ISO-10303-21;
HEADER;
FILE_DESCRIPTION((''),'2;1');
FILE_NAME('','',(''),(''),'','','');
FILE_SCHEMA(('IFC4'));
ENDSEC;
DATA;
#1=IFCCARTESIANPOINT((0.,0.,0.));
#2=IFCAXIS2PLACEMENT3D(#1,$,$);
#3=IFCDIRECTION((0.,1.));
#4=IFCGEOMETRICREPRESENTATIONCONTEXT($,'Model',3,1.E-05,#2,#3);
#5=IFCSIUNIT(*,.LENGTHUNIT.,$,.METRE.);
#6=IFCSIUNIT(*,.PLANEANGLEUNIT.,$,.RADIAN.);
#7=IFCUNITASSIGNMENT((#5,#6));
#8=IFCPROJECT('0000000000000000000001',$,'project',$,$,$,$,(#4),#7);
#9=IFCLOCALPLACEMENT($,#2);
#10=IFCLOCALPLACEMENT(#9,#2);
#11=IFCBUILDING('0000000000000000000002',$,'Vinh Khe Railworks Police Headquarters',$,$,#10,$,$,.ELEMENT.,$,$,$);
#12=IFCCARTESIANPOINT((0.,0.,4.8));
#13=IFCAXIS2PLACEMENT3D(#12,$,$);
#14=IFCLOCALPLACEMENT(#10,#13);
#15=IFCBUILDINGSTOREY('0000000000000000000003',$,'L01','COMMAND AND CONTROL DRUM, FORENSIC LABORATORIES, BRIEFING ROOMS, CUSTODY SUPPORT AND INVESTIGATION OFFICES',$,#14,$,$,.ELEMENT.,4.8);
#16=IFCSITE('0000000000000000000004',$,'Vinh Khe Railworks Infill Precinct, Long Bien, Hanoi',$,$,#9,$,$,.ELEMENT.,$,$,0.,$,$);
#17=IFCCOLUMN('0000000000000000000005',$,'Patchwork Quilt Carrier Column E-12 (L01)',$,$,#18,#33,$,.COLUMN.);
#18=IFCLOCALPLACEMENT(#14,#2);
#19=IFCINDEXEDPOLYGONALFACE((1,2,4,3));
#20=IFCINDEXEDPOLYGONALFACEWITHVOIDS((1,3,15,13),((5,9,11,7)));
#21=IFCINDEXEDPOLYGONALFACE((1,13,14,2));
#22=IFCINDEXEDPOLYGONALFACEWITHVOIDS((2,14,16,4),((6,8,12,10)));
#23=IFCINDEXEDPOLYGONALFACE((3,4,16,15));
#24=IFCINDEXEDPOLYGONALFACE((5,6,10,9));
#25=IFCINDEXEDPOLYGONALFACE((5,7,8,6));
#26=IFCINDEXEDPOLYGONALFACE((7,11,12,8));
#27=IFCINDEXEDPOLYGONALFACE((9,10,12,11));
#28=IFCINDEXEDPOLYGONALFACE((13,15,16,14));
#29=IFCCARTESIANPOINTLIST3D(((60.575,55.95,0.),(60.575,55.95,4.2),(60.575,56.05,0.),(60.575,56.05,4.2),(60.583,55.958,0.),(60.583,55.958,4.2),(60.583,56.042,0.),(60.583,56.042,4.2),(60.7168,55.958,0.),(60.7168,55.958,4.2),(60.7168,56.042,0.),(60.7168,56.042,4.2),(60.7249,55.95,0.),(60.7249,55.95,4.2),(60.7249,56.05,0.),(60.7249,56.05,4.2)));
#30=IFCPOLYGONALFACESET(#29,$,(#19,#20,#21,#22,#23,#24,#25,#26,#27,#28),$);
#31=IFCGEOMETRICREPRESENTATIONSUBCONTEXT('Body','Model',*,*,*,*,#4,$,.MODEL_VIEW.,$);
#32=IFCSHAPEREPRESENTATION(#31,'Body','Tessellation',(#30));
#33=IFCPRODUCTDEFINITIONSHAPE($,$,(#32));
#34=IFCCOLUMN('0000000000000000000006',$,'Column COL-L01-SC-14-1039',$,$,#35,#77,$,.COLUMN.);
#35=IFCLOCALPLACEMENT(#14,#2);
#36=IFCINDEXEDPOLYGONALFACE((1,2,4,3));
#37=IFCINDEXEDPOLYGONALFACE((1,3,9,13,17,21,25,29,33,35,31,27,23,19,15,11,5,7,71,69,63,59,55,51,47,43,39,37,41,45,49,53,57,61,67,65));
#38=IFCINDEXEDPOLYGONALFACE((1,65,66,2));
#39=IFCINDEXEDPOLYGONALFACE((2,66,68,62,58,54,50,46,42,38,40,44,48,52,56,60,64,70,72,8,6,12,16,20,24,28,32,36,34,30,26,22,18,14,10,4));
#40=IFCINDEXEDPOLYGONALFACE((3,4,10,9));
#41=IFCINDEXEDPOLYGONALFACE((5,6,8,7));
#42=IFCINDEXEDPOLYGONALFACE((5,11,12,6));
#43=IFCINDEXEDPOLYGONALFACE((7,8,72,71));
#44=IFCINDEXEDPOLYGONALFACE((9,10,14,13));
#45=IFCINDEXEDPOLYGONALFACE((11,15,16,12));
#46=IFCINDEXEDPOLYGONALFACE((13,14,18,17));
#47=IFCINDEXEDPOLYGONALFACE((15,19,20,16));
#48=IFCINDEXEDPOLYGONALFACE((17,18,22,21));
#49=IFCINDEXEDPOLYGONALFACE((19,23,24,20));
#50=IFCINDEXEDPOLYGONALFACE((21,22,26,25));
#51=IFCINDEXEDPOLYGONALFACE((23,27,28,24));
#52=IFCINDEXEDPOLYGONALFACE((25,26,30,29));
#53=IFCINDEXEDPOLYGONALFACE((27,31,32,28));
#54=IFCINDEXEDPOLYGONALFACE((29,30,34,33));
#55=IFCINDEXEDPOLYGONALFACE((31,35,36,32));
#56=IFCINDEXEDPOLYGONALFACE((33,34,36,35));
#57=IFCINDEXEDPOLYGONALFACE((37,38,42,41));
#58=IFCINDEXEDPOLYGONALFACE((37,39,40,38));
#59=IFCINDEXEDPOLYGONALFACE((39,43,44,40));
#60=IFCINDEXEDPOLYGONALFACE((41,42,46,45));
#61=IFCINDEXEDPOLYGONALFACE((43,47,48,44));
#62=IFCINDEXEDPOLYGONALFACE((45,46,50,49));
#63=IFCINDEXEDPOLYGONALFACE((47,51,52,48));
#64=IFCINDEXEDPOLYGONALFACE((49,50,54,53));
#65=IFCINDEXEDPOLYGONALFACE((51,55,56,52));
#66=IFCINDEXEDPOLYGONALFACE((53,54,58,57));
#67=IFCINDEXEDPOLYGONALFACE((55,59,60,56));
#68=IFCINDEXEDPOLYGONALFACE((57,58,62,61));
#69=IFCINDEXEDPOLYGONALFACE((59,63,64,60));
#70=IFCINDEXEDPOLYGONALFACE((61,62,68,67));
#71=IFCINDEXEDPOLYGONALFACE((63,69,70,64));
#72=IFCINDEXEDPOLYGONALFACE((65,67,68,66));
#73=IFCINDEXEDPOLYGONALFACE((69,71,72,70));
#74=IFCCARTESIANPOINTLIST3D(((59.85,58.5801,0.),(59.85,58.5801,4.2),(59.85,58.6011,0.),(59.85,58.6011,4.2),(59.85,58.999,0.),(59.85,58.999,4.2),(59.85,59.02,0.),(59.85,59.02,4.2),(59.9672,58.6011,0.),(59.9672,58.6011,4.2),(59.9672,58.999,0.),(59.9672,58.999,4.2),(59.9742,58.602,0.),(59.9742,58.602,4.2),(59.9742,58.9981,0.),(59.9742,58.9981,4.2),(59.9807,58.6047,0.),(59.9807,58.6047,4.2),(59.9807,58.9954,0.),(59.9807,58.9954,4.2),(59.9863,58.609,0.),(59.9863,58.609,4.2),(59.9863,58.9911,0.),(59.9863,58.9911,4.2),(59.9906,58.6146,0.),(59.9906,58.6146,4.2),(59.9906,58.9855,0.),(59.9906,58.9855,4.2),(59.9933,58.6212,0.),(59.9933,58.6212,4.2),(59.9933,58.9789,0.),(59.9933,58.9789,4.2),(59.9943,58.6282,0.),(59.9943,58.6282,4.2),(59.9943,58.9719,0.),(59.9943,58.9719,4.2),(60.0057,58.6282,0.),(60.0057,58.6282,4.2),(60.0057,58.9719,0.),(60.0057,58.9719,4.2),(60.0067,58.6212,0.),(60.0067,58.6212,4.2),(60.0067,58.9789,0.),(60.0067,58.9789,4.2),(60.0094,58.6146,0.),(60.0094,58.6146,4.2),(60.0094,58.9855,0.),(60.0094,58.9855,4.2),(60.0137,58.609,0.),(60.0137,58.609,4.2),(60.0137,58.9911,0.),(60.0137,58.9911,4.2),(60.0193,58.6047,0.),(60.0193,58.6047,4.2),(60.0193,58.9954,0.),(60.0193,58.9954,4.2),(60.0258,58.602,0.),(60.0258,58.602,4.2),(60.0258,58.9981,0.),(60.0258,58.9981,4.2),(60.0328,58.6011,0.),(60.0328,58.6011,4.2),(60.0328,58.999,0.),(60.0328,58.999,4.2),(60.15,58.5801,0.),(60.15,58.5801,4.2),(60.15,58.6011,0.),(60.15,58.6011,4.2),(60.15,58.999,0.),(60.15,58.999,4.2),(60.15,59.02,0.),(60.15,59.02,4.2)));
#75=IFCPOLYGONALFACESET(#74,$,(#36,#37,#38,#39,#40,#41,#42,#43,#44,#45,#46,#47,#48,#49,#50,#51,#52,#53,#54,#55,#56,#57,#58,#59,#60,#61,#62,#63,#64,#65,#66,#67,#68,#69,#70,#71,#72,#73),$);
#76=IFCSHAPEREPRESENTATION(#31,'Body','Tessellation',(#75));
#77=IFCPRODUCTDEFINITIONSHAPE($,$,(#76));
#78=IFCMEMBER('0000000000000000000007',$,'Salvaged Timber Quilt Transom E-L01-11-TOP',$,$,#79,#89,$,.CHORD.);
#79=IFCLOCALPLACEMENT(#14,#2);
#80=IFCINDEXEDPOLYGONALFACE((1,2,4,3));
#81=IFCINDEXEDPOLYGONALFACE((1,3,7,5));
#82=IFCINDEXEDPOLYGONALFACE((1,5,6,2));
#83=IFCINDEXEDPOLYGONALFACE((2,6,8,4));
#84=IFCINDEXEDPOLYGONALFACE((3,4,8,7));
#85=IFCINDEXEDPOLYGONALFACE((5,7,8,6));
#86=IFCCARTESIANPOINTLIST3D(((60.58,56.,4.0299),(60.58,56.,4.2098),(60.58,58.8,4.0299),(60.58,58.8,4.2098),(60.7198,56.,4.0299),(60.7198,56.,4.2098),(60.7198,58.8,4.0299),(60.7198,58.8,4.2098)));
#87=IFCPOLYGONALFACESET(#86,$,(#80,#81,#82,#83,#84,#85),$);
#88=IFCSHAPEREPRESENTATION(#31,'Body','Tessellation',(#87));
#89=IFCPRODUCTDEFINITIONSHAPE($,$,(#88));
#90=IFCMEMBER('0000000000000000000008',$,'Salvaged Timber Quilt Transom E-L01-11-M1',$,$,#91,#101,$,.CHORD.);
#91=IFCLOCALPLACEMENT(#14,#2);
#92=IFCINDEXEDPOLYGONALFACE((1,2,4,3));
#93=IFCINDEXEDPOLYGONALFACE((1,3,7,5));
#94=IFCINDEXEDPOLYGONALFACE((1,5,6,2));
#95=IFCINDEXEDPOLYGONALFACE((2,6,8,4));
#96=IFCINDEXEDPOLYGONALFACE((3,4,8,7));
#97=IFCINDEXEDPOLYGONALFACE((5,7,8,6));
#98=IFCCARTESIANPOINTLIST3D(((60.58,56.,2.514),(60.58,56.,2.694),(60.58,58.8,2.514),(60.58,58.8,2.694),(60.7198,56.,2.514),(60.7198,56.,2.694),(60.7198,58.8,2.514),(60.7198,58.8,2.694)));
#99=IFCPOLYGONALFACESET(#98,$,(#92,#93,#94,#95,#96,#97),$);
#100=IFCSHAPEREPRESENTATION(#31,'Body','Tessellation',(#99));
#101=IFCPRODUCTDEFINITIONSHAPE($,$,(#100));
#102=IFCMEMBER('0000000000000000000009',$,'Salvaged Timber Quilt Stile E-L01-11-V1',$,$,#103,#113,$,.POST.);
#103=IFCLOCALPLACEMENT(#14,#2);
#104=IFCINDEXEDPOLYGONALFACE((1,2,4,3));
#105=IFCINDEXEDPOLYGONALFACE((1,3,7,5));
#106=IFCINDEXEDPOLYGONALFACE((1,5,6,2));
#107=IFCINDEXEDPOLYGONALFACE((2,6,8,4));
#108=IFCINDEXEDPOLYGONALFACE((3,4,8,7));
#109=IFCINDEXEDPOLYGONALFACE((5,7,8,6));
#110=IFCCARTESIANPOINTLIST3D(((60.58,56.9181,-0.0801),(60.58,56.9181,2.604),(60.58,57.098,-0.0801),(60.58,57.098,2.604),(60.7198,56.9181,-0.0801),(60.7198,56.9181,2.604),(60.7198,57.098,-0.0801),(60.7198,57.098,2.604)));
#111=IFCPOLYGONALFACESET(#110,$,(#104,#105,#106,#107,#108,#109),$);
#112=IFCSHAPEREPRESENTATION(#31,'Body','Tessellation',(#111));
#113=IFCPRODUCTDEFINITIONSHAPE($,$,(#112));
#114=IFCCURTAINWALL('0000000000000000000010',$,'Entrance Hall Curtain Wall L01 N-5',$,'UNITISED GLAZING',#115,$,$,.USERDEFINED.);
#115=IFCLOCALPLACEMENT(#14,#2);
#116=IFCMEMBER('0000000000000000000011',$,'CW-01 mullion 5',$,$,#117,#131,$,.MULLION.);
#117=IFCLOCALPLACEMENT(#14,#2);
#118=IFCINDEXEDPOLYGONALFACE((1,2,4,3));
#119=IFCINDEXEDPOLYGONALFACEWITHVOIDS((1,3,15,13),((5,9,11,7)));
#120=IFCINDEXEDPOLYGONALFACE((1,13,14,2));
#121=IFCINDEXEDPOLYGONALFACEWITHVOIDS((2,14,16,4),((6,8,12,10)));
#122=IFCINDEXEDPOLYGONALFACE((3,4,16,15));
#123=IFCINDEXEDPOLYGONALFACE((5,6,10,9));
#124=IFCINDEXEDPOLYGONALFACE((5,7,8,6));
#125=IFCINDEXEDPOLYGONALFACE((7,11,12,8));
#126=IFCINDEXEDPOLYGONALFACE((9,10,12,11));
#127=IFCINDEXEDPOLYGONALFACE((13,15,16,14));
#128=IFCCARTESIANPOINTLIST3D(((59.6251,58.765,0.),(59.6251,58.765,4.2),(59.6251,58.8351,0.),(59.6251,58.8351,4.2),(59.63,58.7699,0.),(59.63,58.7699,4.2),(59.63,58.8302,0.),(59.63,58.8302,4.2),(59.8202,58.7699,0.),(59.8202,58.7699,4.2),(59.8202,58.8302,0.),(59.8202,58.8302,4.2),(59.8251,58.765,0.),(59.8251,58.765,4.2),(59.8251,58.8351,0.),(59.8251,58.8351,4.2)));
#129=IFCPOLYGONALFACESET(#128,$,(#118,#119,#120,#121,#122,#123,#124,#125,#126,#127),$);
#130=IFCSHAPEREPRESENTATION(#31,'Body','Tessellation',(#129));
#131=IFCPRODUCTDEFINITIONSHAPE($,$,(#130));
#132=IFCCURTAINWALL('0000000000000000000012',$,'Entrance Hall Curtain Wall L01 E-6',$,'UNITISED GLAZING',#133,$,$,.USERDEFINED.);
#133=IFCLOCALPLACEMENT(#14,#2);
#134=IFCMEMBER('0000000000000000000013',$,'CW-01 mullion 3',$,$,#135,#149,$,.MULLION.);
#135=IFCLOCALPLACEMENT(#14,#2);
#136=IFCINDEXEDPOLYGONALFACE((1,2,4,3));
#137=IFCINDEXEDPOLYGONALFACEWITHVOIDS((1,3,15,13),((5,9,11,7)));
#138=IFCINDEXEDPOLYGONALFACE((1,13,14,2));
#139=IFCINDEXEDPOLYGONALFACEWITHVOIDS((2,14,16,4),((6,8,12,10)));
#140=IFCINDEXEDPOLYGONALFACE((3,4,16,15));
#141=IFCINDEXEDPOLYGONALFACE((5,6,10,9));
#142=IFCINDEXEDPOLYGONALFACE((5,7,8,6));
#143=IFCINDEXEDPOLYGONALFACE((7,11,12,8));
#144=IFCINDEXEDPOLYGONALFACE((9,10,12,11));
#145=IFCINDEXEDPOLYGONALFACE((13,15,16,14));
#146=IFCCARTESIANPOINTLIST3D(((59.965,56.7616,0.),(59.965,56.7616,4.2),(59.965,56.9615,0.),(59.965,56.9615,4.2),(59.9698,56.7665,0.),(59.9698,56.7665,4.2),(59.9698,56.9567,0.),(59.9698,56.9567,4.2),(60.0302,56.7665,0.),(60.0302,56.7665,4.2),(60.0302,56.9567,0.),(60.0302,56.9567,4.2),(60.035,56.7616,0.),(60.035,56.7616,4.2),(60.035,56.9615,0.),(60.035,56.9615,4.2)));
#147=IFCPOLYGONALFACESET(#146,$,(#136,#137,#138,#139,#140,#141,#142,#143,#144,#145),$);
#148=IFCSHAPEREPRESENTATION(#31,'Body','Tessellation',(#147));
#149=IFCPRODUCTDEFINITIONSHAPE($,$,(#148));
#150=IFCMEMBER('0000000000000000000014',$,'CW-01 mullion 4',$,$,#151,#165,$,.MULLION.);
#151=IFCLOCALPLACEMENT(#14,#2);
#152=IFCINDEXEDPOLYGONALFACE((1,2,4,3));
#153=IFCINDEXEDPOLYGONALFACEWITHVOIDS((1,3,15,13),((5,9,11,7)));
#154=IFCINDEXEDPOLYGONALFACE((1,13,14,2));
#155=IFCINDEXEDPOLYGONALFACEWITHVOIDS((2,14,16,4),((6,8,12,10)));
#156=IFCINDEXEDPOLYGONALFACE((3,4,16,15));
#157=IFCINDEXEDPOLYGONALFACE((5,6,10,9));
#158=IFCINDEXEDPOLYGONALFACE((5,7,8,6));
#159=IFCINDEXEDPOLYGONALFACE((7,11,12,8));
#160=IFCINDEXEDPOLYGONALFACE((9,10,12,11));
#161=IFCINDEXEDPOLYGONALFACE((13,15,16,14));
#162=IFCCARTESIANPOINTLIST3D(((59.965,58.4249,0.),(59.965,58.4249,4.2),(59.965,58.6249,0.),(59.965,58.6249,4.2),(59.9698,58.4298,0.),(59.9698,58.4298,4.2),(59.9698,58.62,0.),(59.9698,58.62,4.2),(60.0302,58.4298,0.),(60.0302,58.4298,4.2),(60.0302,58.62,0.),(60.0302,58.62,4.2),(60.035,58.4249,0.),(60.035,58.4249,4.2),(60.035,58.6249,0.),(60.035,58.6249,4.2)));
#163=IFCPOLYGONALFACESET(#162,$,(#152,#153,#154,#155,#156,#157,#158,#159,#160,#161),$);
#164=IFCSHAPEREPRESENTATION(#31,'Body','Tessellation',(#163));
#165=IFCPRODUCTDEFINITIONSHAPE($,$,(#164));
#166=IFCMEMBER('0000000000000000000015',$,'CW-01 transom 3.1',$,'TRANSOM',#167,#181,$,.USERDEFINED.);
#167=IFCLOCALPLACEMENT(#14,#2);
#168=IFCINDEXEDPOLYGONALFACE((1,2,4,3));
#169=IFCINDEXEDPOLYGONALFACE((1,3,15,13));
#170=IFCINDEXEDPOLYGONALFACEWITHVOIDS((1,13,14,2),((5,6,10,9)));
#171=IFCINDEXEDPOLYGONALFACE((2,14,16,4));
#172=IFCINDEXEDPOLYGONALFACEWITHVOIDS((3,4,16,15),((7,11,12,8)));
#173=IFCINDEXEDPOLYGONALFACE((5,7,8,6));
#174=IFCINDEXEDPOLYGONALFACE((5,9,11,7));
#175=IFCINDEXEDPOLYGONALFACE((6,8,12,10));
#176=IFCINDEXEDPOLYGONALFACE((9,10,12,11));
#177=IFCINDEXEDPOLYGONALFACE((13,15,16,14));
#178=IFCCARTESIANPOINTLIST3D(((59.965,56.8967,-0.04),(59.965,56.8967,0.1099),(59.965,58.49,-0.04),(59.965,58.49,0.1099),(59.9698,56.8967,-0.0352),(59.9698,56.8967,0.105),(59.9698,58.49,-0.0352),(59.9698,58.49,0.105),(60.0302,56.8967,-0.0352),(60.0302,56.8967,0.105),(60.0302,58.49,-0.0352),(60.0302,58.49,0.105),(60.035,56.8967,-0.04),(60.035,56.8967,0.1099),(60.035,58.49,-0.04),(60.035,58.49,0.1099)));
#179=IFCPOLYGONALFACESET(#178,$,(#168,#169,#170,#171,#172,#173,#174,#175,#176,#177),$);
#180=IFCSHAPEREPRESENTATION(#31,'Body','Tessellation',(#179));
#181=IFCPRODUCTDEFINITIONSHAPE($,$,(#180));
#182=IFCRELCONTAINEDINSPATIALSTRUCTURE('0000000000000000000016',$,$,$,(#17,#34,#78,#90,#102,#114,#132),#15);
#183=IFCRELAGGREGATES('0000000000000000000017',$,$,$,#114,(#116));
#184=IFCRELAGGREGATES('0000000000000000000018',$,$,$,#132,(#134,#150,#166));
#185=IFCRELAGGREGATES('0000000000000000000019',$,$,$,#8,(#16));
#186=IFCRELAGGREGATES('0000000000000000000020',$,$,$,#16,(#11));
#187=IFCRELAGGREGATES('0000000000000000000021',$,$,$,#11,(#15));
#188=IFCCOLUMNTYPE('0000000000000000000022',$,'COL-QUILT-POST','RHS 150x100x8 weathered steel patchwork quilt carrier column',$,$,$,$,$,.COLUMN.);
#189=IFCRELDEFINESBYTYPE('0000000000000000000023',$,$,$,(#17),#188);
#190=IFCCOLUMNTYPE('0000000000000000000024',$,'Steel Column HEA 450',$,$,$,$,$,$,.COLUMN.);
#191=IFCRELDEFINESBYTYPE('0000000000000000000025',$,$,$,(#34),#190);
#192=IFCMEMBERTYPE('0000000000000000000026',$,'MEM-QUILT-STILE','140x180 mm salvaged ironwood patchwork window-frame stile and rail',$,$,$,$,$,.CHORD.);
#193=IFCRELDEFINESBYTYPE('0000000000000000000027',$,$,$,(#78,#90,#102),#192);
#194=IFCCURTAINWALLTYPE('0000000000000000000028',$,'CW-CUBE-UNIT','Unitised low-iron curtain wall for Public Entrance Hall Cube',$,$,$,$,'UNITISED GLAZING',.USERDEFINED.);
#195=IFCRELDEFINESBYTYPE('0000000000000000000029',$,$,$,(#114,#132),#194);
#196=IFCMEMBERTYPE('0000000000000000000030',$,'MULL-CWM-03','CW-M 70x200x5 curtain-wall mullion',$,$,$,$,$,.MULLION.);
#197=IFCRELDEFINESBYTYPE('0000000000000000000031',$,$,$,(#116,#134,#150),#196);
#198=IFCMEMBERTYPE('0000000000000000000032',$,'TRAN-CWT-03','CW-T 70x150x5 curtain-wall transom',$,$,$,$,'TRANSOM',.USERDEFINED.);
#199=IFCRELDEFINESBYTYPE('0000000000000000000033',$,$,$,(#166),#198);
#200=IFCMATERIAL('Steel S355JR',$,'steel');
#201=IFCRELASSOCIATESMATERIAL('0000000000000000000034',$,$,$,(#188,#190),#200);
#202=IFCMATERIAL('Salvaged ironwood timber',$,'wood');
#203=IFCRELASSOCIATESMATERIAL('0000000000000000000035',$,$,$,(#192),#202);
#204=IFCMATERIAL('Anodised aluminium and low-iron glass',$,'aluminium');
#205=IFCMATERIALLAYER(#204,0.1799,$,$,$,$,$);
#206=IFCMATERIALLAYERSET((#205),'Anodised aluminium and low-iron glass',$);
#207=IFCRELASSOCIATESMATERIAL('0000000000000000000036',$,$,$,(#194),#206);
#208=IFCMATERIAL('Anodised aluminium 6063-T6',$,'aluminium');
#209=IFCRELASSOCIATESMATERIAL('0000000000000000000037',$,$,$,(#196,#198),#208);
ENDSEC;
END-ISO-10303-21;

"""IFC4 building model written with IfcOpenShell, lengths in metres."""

from ifc_helpers import new_model, si_unit, direction, frame, origin, origin_2d, place, context, subcontext, project, spatial, rectangle, hollow_rectangle, i_section, extrude, material, layer, layer_set, material_profile, profile_set, type_object, element, aggregate, save


model = new_model("IFC4")

# Units and contexts
model_context = context("Model", 3, precision=1e-05, world=origin(), true_north=direction((0.0, 1.0)))
body_context = subcontext(model_context, "Body", "Model", "MODEL_VIEW")
ifc_project = project(units=[si_unit("LENGTHUNIT", "METRE"), si_unit("PLANEANGLEUNIT", "RADIAN")], contexts=[model_context])

# Site, building, storey
site_placement = place(None, origin())
site = spatial("IfcSite", under=ifc_project, at=site_placement, Name="Vinh Khe Railworks Infill Precinct, Long Bien, Hanoi", CompositionType="ELEMENT", RefElevation=0.0)
building_placement = place(site_placement, origin())
building = spatial("IfcBuilding", under=site, at=building_placement, Name="Vinh Khe Railworks Police Headquarters", CompositionType="ELEMENT")
storey_placement = place(building_placement, frame((0.0, 0.0, 4.8)))
storey = spatial("IfcBuildingStorey", under=building, at=storey_placement, Name="L01", Description="COMMAND AND CONTROL DRUM, FORENSIC LABORATORIES, BRIEFING ROOMS, CUSTODY SUPPORT AND INVESTIGATION OFFICES", CompositionType="ELEMENT", Elevation=4.8)

# Columns
ifc_material_1 = material(Name="Steel S355JR", Category="steel")
ifc_material_profile_1 = material_profile(ifc_material_1, hollow_rectangle(XDim=0.1499, YDim=0.1001, WallThickness=0.0081, at=origin_2d()), Name="RHS 150x100x8")
ifc_profile_set_1 = profile_set([ifc_material_profile_1], Name="Steel S355JR")
column_type_1 = type_object("IfcColumnType", Name="COL-QUILT-POST", Description="RHS 150x100x8 weathered steel patchwork quilt carrier column", PredefinedType="COLUMN", material=ifc_profile_set_1)
column_1_placement = place(storey_placement, frame((60.6499, 56.0, 0.0), z_axis=(0.0, 0.0, 1.0), x_axis=(1.0, 0.0, 0.0)))
element("IfcColumn", 1, at=column_1_placement, inside=storey, type_object=column_type_1, Name="Patchwork Quilt Carrier Column E-12 (L01)", PredefinedType="COLUMN", context=body_context, shape_type="SweptSolid", body=[
    extrude(hollow_rectangle(XDim=0.1499, YDim=0.1001, WallThickness=0.0081, at=origin_2d()), origin(), (0.0, 0.0, 1.0), 4.2),
])
ifc_material_profile_2 = material_profile(ifc_material_1, i_section(OverallWidth=0.3, OverallDepth=0.4399, WebThickness=0.0115, FlangeThickness=0.021, FilletRadius=0.0271, at=origin_2d()), Name="HEA 450")
ifc_profile_set_2 = profile_set([ifc_material_profile_2], Name="Steel S355JR")
column_type_2 = type_object("IfcColumnType", Name="Steel Column HEA 450", PredefinedType="COLUMN", material=ifc_profile_set_2)
column_2_placement = place(storey_placement, frame((60.0, 58.8, 0.0), z_axis=(0.0, 0.0, 1.0), x_axis=(1.0, 0.0, 0.0)))
element("IfcColumn", 2, at=column_2_placement, inside=storey, type_object=column_type_2, Name="Column COL-L01-SC-14-1039", PredefinedType="COLUMN", context=body_context, shape_type="SweptSolid", body=[
    extrude(i_section(OverallWidth=0.3, OverallDepth=0.4399, WebThickness=0.0115, FlangeThickness=0.021, FilletRadius=0.0271, at=origin_2d()), origin(), (0.0, 0.0, 1.0), 4.2),
])

# Members
ifc_material_2 = material(Name="Salvaged ironwood timber", Category="wood")
ifc_material_profile_3 = material_profile(ifc_material_2, rectangle(XDim=0.1399, YDim=0.1799, at=origin_2d()), Name="TIMBER 140x180")
ifc_profile_set_3 = profile_set([ifc_material_profile_3], Name="Salvaged ironwood timber")
member_type_1 = type_object("IfcMemberType", Name="MEM-QUILT-STILE", Description="140x180 mm salvaged ironwood patchwork window-frame stile and rail", PredefinedType="CHORD", material=ifc_profile_set_3)
for number, where, z_axis, x_axis, name in (
    (3, (60.6499, 56.0, 4.1199), (0.0, 1.0, 0.0), (-1.0, 0.0, 0.0), "Salvaged Timber Quilt Transom E-L01-11-TOP"),
    (4, (60.6499, 56.0, 2.604), (0.0, 1.0, 0.0), (-1.0, 0.0, 0.0), "Salvaged Timber Quilt Transom E-L01-11-M1"),
):
    element("IfcMember", number, at=place(storey_placement, frame(where, z_axis=z_axis, x_axis=x_axis)), inside=storey, type_object=member_type_1, Name=name, PredefinedType="CHORD", context=body_context, shape_type="SweptSolid", body=[
        extrude(rectangle(XDim=0.1399, YDim=0.1799, at=origin_2d()), origin(), (0.0, 0.0, 1.0), 2.8),
    ])
member_1_placement = place(storey_placement, frame((60.6499, 57.0081, -0.0801), z_axis=(0.0, 0.0, 1.0), x_axis=(1.0, 0.0, 0.0)))
element("IfcMember", 5, at=member_1_placement, inside=storey, type_object=member_type_1, Name="Salvaged Timber Quilt Stile E-L01-11-V1", PredefinedType="POST", context=body_context, shape_type="SweptSolid", body=[
    extrude(rectangle(XDim=0.1399, YDim=0.1799, at=origin_2d()), origin(), (0.0, 0.0, 1.0), 2.6841),
])

# Curtain wall, member
ifc_material_3 = material(Name="Anodised aluminium and low-iron glass", Category="aluminium")
ifc_layer_1 = layer(ifc_material_3, 0.1799)
ifc_layer_set_1 = layer_set([ifc_layer_1], Name="Anodised aluminium and low-iron glass")
curtain_wall_type = type_object("IfcCurtainWallType", Name="CW-CUBE-UNIT", Description="Unitised low-iron curtain wall for Public Entrance Hall Cube", ElementType="UNITISED GLAZING", PredefinedType="USERDEFINED", material=ifc_layer_set_1)
curtain_wall_1_placement = place(storey_placement, origin())
curtain_wall_1 = element("IfcCurtainWall", 6, at=curtain_wall_1_placement, inside=storey, type_object=curtain_wall_type, Name="Entrance Hall Curtain Wall L01 N-5", ObjectType="UNITISED GLAZING", PredefinedType="USERDEFINED")
ifc_material_4 = material(Name="Anodised aluminium 6063-T6", Category="aluminium")
ifc_material_profile_4 = material_profile(ifc_material_4, hollow_rectangle(XDim=0.0701, YDim=0.2, WallThickness=0.0049, at=origin_2d()), Name="CW-M 70x200x5")
ifc_profile_set_4 = profile_set([ifc_material_profile_4], Name="Anodised aluminium 6063-T6")
member_type_2 = type_object("IfcMemberType", Name="MULL-CWM-03", Description="CW-M 70x200x5 curtain-wall mullion", PredefinedType="MULLION", material=ifc_profile_set_4)
member_2_placement = place(storey_placement, frame((59.7251, 58.8, 0.0), z_axis=(0.0, 0.0, 1.0), x_axis=(0.0, 1.0, 0.0)))
member_2 = element("IfcMember", 7, at=member_2_placement, type_object=member_type_2, Name="CW-01 mullion 5", PredefinedType="MULLION", context=body_context, shape_type="SweptSolid", body=[
    extrude(hollow_rectangle(XDim=0.0701, YDim=0.2, WallThickness=0.0049, at=origin_2d()), origin(), (0.0, 0.0, 1.0), 4.2),
])

# Curtain wall, members
curtain_wall_2_placement = place(storey_placement, origin())
curtain_wall_2 = element("IfcCurtainWall", 8, at=curtain_wall_2_placement, inside=storey, type_object=curtain_wall_type, Name="Entrance Hall Curtain Wall L01 E-6", ObjectType="UNITISED GLAZING", PredefinedType="USERDEFINED")
member_3_placement = place(storey_placement, frame((60.0, 56.8616, 0.0), z_axis=(0.0, 0.0, 1.0), x_axis=(-1.0, 0.0, 0.0)))
member_3 = element("IfcMember", 9, at=member_3_placement, type_object=member_type_2, Name="CW-01 mullion 3", PredefinedType="MULLION", context=body_context, shape_type="SweptSolid", body=[
    extrude(hollow_rectangle(XDim=0.0701, YDim=0.2, WallThickness=0.0049, at=origin_2d()), origin(), (0.0, 0.0, 1.0), 4.2),
])
member_4_placement = place(storey_placement, frame((60.0, 58.5249, 0.0), z_axis=(0.0, 0.0, 1.0), x_axis=(-1.0, 0.0, 0.0)))
member_4 = element("IfcMember", 10, at=member_4_placement, type_object=member_type_2, Name="CW-01 mullion 4", PredefinedType="MULLION", context=body_context, shape_type="SweptSolid", body=[
    extrude(hollow_rectangle(XDim=0.0701, YDim=0.2, WallThickness=0.0049, at=origin_2d()), origin(), (0.0, 0.0, 1.0), 4.2),
])
ifc_material_profile_5 = material_profile(ifc_material_4, hollow_rectangle(XDim=0.0701, YDim=0.1499, WallThickness=0.0049, at=origin_2d()), Name="CW-T 70x150x5")
ifc_profile_set_5 = profile_set([ifc_material_profile_5], Name="Anodised aluminium 6063-T6")
member_type_3 = type_object("IfcMemberType", Name="TRAN-CWT-03", Description="CW-T 70x150x5 curtain-wall transom", ElementType="TRANSOM", PredefinedType="USERDEFINED", material=ifc_profile_set_5)
member_5_placement = place(storey_placement, frame((60.0, 56.8967, 0.0349), z_axis=(0.0, 1.0, 0.0), x_axis=(-1.0, 0.0, 0.0)))
member_5 = element("IfcMember", 11, at=member_5_placement, type_object=member_type_3, Name="CW-01 transom 3.1", ObjectType="TRANSOM", PredefinedType="USERDEFINED", context=body_context, shape_type="SweptSolid", body=[
    extrude(hollow_rectangle(XDim=0.0701, YDim=0.1499, WallThickness=0.0049, at=origin_2d()), origin(), (0.0, 0.0, 1.0), 1.5933),
])

aggregate(curtain_wall_1, [member_2])
aggregate(curtain_wall_2, [member_3, member_4, member_5])

save(model, "model.ifc")
